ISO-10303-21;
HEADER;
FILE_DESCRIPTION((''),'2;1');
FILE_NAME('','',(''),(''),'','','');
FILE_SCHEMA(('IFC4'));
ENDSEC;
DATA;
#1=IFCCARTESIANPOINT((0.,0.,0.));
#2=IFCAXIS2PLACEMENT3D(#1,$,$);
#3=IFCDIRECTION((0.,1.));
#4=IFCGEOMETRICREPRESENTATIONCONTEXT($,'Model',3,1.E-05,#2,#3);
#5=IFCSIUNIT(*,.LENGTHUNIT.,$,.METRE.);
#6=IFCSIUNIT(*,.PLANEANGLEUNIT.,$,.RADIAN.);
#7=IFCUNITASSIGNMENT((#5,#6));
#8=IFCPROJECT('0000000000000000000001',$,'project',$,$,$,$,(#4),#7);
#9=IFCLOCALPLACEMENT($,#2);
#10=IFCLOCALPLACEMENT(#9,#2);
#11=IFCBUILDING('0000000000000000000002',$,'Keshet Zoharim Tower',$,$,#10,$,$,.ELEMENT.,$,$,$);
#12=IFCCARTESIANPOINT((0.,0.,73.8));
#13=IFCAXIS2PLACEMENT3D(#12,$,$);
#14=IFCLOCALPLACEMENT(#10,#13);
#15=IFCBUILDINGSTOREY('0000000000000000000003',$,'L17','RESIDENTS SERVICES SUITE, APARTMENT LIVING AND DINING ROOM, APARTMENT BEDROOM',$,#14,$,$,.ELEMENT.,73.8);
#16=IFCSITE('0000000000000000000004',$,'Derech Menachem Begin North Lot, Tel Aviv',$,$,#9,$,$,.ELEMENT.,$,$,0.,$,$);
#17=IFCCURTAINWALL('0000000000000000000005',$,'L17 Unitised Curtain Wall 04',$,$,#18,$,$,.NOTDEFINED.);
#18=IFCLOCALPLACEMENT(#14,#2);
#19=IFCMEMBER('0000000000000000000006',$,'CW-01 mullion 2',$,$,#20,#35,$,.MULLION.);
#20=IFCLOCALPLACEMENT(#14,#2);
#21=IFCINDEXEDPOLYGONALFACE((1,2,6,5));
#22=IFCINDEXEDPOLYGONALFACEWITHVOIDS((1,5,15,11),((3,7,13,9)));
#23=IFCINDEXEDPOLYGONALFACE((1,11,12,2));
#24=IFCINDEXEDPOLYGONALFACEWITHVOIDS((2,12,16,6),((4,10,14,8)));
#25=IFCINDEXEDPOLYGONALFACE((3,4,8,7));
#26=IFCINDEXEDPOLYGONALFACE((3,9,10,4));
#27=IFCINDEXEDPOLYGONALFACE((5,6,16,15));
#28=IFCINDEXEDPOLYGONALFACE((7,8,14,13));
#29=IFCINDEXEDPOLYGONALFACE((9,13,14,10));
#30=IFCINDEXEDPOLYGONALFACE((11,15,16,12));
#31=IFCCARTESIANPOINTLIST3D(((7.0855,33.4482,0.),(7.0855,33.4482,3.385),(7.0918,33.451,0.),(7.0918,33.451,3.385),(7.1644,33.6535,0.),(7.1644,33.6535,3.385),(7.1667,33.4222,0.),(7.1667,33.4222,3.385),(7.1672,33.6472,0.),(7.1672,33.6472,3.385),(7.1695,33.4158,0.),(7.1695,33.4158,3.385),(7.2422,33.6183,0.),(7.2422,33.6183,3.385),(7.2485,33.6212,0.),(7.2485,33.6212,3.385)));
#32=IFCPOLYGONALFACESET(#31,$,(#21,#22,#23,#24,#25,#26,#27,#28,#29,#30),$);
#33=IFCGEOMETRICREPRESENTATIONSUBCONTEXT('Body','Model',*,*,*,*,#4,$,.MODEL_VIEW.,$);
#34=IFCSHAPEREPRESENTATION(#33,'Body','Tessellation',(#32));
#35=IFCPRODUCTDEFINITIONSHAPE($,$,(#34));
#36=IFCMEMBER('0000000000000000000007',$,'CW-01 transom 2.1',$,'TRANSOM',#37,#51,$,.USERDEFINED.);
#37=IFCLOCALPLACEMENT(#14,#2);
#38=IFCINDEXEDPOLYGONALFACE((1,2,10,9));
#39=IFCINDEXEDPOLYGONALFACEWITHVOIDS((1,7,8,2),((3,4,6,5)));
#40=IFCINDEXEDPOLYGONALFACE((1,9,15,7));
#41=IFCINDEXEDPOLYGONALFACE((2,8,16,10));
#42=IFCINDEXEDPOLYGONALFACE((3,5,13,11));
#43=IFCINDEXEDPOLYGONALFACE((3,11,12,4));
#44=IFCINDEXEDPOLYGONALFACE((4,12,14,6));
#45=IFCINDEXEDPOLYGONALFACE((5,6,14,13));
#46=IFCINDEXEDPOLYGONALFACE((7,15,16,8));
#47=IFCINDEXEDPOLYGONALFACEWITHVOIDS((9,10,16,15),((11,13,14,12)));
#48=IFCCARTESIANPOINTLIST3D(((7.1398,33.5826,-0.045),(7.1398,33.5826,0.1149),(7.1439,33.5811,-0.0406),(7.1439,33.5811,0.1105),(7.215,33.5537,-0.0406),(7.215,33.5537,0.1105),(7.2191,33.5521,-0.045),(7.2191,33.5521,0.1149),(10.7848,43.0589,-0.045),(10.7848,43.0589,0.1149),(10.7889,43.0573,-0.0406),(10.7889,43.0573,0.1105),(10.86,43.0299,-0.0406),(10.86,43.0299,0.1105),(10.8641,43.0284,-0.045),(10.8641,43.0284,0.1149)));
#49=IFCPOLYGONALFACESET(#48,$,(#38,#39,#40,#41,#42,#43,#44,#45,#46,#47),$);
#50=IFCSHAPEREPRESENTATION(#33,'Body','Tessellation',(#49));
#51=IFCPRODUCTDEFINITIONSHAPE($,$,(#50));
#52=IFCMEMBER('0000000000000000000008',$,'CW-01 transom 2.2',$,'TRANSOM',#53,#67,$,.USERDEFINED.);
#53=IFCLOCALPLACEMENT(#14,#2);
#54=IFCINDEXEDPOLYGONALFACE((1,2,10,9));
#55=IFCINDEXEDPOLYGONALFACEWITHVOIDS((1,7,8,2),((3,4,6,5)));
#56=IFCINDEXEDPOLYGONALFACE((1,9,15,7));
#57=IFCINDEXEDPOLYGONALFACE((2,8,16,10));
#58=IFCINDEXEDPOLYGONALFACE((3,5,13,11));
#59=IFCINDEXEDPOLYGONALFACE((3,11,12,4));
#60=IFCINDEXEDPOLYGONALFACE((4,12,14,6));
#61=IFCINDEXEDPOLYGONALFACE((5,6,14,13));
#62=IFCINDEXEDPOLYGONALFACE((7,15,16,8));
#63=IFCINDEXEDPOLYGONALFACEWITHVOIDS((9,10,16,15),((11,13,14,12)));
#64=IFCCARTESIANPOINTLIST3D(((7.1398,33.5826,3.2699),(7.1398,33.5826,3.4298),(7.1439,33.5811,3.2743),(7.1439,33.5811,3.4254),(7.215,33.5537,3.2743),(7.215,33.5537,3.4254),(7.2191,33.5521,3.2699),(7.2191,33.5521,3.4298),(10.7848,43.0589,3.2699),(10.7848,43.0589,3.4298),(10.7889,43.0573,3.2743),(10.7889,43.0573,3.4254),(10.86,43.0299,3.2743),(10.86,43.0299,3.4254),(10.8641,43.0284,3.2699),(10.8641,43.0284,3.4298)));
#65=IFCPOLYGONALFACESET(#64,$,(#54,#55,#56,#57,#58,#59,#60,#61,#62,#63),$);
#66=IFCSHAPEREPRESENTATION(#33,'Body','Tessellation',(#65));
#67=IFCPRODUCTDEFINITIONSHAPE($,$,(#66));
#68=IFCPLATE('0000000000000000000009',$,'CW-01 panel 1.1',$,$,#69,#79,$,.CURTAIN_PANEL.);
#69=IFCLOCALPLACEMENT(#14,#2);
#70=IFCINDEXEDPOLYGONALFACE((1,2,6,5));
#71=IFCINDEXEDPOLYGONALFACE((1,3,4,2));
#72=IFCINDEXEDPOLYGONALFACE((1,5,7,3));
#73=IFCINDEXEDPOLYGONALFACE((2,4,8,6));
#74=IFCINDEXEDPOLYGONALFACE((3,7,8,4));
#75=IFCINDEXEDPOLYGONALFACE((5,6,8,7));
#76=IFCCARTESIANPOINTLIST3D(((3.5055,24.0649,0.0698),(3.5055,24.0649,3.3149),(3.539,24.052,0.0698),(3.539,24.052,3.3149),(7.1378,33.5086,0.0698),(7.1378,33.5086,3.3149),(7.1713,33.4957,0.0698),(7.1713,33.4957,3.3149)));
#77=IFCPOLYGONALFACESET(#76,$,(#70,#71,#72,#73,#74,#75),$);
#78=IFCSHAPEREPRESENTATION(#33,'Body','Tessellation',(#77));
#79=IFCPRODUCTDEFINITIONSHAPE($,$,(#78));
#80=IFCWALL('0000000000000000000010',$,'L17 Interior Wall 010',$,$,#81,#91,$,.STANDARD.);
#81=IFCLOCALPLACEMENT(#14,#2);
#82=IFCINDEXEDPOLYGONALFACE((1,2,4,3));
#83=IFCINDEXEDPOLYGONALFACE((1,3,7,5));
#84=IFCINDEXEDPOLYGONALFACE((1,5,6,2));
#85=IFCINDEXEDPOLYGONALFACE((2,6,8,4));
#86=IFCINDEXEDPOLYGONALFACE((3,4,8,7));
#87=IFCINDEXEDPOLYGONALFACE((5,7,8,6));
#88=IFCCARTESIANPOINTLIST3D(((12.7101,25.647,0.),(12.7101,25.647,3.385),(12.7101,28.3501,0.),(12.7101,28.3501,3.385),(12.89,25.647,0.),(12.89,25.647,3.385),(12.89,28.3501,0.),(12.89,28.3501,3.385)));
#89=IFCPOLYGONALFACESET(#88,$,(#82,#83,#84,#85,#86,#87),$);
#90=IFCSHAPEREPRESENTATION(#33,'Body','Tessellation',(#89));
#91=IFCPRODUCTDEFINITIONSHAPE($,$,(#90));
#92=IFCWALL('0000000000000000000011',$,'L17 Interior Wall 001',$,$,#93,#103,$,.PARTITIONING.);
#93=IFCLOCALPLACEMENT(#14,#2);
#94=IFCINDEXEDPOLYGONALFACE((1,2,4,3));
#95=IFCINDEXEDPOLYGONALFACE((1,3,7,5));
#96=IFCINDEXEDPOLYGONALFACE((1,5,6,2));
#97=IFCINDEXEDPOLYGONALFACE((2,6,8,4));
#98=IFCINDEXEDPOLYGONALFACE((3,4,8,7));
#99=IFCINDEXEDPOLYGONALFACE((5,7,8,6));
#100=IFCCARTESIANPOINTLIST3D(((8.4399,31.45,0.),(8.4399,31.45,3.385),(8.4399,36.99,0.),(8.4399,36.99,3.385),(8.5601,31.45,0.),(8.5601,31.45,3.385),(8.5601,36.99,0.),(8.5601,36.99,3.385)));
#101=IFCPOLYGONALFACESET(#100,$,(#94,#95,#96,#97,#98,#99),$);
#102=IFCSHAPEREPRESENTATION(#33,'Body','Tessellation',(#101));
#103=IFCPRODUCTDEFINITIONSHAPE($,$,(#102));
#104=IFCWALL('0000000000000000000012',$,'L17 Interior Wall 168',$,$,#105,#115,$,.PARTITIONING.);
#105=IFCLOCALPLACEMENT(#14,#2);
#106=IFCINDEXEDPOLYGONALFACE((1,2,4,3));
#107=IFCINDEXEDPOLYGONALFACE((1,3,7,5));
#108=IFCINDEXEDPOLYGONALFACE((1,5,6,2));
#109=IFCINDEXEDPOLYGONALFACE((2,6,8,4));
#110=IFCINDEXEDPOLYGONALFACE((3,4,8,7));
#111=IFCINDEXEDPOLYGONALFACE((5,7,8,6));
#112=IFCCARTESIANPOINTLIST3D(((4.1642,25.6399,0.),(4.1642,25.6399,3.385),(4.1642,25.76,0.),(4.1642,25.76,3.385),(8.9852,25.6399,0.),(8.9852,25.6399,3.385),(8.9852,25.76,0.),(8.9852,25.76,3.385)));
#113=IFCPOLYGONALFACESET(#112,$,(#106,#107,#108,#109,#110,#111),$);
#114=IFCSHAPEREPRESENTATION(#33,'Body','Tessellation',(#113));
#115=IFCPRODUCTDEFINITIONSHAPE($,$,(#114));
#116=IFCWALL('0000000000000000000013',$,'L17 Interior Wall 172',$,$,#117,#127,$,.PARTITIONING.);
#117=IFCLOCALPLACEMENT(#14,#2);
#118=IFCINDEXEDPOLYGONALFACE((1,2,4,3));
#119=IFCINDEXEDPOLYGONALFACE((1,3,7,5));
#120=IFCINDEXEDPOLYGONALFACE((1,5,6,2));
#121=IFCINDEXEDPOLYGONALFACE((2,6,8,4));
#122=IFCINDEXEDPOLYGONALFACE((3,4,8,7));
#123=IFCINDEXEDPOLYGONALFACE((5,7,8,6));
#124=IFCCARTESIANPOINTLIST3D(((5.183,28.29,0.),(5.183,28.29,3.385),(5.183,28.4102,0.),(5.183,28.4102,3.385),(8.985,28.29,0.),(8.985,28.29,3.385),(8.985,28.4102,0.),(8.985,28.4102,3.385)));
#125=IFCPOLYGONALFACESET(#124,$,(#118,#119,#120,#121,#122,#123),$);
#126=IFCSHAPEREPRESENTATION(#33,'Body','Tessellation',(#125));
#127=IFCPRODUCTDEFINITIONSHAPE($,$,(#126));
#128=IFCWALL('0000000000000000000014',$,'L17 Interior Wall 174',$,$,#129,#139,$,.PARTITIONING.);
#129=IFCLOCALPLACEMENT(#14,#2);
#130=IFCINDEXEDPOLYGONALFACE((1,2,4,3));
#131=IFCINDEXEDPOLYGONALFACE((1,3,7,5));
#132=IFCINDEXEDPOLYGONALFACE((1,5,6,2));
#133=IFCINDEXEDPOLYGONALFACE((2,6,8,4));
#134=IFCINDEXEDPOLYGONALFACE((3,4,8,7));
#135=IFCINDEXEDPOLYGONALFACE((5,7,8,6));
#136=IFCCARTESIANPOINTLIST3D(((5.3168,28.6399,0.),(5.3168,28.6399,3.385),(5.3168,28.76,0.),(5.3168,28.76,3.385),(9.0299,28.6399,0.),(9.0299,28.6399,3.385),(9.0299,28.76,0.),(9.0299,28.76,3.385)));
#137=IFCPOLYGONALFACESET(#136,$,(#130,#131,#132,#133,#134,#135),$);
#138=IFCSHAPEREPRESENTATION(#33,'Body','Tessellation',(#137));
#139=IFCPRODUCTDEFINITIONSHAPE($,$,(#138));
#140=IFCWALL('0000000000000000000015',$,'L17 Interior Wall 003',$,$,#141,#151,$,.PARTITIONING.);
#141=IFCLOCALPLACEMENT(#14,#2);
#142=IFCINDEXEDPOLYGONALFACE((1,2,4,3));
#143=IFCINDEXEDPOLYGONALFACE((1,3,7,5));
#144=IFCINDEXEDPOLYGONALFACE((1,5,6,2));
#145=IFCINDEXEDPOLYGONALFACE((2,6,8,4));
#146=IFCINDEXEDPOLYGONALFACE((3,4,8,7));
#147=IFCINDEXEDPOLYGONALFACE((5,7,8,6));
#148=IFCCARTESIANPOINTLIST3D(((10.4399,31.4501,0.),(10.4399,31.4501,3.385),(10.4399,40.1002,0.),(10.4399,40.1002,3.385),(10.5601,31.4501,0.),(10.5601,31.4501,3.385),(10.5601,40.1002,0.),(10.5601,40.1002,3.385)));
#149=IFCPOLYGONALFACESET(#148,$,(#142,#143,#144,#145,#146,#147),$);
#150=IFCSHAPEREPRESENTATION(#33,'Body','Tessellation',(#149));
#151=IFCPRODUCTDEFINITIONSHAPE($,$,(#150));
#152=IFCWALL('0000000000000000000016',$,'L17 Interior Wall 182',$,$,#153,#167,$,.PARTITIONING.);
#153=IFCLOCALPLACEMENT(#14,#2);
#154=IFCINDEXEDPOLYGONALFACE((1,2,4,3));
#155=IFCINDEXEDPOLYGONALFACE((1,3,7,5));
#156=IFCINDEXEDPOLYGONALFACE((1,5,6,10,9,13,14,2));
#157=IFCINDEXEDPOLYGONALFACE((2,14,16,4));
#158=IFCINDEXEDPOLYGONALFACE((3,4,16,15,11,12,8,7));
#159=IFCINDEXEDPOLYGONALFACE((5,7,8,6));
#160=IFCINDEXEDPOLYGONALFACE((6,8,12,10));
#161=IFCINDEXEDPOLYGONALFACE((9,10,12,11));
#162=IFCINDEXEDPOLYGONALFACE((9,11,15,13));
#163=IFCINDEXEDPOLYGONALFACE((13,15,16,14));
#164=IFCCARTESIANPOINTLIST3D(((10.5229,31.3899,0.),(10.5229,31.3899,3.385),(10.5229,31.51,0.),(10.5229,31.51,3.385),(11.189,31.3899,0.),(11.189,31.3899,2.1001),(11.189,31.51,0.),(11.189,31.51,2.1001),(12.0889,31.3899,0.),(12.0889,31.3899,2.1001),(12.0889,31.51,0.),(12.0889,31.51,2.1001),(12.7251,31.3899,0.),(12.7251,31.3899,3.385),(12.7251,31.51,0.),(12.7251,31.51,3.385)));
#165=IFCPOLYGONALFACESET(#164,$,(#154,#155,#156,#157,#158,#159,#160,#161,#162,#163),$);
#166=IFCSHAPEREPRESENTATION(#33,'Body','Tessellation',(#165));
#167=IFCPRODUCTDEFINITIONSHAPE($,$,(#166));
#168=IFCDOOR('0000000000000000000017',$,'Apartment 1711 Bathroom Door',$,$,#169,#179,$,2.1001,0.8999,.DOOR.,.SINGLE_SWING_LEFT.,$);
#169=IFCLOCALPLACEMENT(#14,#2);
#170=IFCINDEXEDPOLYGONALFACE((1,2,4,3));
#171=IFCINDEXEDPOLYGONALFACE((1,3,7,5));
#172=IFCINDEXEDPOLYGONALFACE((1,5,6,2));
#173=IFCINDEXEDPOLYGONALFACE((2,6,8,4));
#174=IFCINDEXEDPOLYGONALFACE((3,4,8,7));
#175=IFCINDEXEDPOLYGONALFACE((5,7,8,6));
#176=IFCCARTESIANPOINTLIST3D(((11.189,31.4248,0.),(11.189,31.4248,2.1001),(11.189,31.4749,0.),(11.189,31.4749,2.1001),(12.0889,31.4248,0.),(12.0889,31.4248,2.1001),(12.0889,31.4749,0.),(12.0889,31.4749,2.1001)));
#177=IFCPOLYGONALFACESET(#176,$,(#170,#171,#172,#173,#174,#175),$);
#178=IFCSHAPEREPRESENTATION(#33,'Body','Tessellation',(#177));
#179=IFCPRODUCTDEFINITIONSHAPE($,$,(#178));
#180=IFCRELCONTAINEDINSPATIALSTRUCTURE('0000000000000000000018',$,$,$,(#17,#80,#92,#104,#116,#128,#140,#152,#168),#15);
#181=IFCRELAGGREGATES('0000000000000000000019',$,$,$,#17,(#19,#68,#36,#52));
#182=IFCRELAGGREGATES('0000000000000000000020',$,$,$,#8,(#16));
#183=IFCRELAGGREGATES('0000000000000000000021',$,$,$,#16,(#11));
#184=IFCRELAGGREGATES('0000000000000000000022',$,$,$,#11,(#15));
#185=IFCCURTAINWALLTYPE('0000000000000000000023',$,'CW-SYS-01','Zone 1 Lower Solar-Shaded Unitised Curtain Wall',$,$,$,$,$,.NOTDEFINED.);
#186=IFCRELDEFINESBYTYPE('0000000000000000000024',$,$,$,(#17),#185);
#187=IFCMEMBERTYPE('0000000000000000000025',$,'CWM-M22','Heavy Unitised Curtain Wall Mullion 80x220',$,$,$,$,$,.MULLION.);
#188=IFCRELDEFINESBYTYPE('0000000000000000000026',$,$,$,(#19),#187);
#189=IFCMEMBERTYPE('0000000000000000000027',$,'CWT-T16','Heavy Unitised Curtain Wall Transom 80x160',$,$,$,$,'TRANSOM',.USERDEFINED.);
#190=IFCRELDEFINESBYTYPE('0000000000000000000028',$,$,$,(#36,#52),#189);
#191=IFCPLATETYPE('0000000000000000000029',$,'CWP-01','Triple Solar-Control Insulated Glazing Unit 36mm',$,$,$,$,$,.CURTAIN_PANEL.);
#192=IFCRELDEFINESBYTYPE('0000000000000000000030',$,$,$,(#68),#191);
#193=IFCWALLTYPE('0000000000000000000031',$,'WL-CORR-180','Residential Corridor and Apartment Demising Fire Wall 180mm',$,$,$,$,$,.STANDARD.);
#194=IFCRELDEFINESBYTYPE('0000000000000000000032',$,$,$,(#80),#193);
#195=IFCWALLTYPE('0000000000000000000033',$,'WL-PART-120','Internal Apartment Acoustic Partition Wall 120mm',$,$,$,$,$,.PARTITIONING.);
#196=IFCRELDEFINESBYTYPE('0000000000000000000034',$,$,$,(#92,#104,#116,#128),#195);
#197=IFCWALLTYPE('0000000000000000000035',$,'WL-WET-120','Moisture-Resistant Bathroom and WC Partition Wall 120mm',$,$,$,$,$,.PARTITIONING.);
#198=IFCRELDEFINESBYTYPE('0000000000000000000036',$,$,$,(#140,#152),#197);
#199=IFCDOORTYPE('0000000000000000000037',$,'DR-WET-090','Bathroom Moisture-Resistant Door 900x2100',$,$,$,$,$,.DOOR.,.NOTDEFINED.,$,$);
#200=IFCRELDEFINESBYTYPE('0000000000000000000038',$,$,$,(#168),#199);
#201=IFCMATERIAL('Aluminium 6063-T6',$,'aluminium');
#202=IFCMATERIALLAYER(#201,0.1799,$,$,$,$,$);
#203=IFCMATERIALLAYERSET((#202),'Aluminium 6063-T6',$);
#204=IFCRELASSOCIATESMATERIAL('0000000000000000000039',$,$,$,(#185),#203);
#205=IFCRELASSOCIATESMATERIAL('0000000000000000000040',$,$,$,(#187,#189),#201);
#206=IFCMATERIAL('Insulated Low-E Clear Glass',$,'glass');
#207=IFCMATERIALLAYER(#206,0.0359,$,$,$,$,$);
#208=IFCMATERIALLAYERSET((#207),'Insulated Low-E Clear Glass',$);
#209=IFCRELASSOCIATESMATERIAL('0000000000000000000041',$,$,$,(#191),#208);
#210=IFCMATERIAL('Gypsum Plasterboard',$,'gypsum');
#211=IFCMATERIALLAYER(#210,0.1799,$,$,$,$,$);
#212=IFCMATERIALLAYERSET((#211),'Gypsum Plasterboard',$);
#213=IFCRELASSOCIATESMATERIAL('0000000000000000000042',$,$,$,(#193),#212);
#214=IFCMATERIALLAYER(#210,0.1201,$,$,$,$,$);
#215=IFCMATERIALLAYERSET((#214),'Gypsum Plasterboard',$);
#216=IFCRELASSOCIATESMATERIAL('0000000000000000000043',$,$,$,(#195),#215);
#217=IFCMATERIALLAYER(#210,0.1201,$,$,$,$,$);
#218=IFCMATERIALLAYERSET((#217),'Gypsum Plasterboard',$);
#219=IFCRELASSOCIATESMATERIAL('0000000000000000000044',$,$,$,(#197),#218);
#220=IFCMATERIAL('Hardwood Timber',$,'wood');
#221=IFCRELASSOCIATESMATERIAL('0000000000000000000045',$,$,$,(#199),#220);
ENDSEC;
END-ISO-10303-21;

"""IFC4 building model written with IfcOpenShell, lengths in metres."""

from ifc_helpers import new_model, si_unit, direction, frame, frame_2d, origin, origin_2d, place, context, subcontext, project, spatial, rectangle, hollow_rectangle, extrude, material, layer, layer_set, material_profile, profile_set, type_object, element, fill, aggregate, save


model = new_model("IFC4")

# Units and contexts
model_context = context("Model", 3, precision=1e-05, world=origin(), true_north=direction((0.0, 1.0)))
body_context = subcontext(model_context, "Body", "Model", "MODEL_VIEW")
ifc_project = project(units=[si_unit("LENGTHUNIT", "METRE"), si_unit("PLANEANGLEUNIT", "RADIAN")], contexts=[model_context])

# Site, building, storey
site_placement = place(None, origin())
site = spatial("IfcSite", under=ifc_project, at=site_placement, Name="Derech Menachem Begin North Lot, Tel Aviv", CompositionType="ELEMENT", RefElevation=0.0)
building_placement = place(site_placement, origin())
building = spatial("IfcBuilding", under=site, at=building_placement, Name="Keshet Zoharim Tower", CompositionType="ELEMENT")
storey_placement = place(building_placement, frame((0.0, 0.0, 73.8)))
storey = spatial("IfcBuildingStorey", under=building, at=storey_placement, Name="L17", Description="RESIDENTS SERVICES SUITE, APARTMENT LIVING AND DINING ROOM, APARTMENT BEDROOM", CompositionType="ELEMENT", Elevation=73.8)

# Curtain wall, members, plate
ifc_material_1 = material(Name="Aluminium 6063-T6", Category="aluminium")
ifc_layer_1 = layer(ifc_material_1, 0.1799)
ifc_layer_set_1 = layer_set([ifc_layer_1], Name="Aluminium 6063-T6")
curtain_wall_type = type_object("IfcCurtainWallType", Name="CW-SYS-01", Description="Zone 1 Lower Solar-Shaded Unitised Curtain Wall", PredefinedType="NOTDEFINED", material=ifc_layer_set_1)
curtain_wall_placement = place(storey_placement, origin())
curtain_wall = element("IfcCurtainWall", 1, at=curtain_wall_placement, inside=storey, type_object=curtain_wall_type, Name="L17 Unitised Curtain Wall 04", PredefinedType="NOTDEFINED")
ifc_material_profile_1 = material_profile(ifc_material_1, hollow_rectangle(XDim=0.0901, YDim=0.22, WallThickness=0.0049, at=origin_2d()), Name="MUL-90x220")
ifc_profile_set_1 = profile_set([ifc_material_profile_1], Name="Aluminium 6063-T6")
member_type_1 = type_object("IfcMemberType", Name="CWM-M22", Description="Heavy Unitised Curtain Wall Mullion 80x220", PredefinedType="MULLION", material=ifc_profile_set_1)
member_1_placement = place(storey_placement, frame((7.167, 33.5347, 0.0), z_axis=(0.0, 0.0, 1.0), x_axis=(-0.933341, 0.35899, 0.0)))
member_1 = element("IfcMember", 2, at=member_1_placement, type_object=member_type_1, Name="CW-01 mullion 2", PredefinedType="MULLION", context=body_context, shape_type="SweptSolid", body=[
    extrude(hollow_rectangle(XDim=0.0901, YDim=0.22, WallThickness=0.0049, at=origin_2d()), origin(), (0.0, 0.0, 1.0), 3.385),
])
ifc_material_profile_2 = material_profile(ifc_material_1, hollow_rectangle(XDim=0.085, YDim=0.1599, WallThickness=0.0044, at=origin_2d()), Name="TRN-85x160")
ifc_profile_set_2 = profile_set([ifc_material_profile_2], Name="Aluminium 6063-T6")
member_type_2 = type_object("IfcMemberType", Name="CWT-T16", Description="Heavy Unitised Curtain Wall Transom 80x160", ElementType="TRANSOM", PredefinedType="USERDEFINED", material=ifc_profile_set_2)
member_2_placement = place(storey_placement, frame((7.1794, 33.5674, 0.0349), z_axis=(0.359003, 0.933336, 0.0), x_axis=(-0.933336, 0.359003, 0.0)))
member_2 = element("IfcMember", 3, at=member_2_placement, type_object=member_type_2, Name="CW-01 transom 2.1", ObjectType="TRANSOM", PredefinedType="USERDEFINED", context=body_context, shape_type="SweptSolid", body=[
    extrude(hollow_rectangle(XDim=0.085, YDim=0.1599, WallThickness=0.0044, at=origin_2d()), origin(), (0.0, 0.0, 1.0), 10.1531),
])
member_3_placement = place(storey_placement, frame((7.1794, 33.5674, 3.3499), z_axis=(0.359003, 0.933336, 0.0), x_axis=(-0.933336, 0.359003, 0.0)))
member_3 = element("IfcMember", 4, at=member_3_placement, type_object=member_type_2, Name="CW-01 transom 2.2", ObjectType="TRANSOM", PredefinedType="USERDEFINED", context=body_context, shape_type="SweptSolid", body=[
    extrude(hollow_rectangle(XDim=0.085, YDim=0.1599, WallThickness=0.0044, at=origin_2d()), origin(), (0.0, 0.0, 1.0), 10.1531),
])
ifc_material_2 = material(Name="Insulated Low-E Clear Glass", Category="glass")
ifc_layer_2 = layer(ifc_material_2, 0.0359)
ifc_layer_set_2 = layer_set([ifc_layer_2], Name="Insulated Low-E Clear Glass")
plate_type = type_object("IfcPlateType", Name="CWP-01", Description="Triple Solar-Control Insulated Glazing Unit 36mm", PredefinedType="CURTAIN_PANEL", material=ifc_layer_set_2)
plate_placement = place(storey_placement, frame((5.3384, 28.7803, 0.0698), z_axis=(0.0, 0.0, 1.0), x_axis=(0.35899, 0.933341, 0.0)))
plate = element("IfcPlate", 5, at=plate_placement, type_object=plate_type, Name="CW-01 panel 1.1", PredefinedType="CURTAIN_PANEL", context=body_context, shape_type="SweptSolid", body=[
    extrude(rectangle(XDim=10.1182, YDim=0.0359, at=origin_2d()), origin(), (0.0, 0.0, 1.0), 3.2451),
])
aggregate(curtain_wall, [member_1, plate, member_2, member_3])

# Wall
ifc_material_3 = material(Name="Gypsum Plasterboard", Category="gypsum")
ifc_layer_3 = layer(ifc_material_3, 0.1799)
ifc_layer_set_3 = layer_set([ifc_layer_3], Name="Gypsum Plasterboard")
wall_type_1 = type_object("IfcWallType", Name="WL-CORR-180", Description="Residential Corridor and Apartment Demising Fire Wall 180mm", PredefinedType="STANDARD", material=ifc_layer_set_3)
wall_1_placement = place(storey_placement, frame((12.8, 25.647, 0.0), z_axis=(0.0, 0.0, 1.0), x_axis=(0.0, 1.0, 0.0)))
element("IfcWall", 6, at=wall_1_placement, inside=storey, type_object=wall_type_1, Name="L17 Interior Wall 010", PredefinedType="STANDARD", context=body_context, shape_type="SweptSolid", body=[
    extrude(rectangle(XDim=2.7031, YDim=0.1799, at=frame_2d((1.3516, 0.0))), origin(), (0.0, 0.0, 1.0), 3.385),
])

# Shared definitions
ifc_material_4 = material(Name="Hardwood Timber", Category="wood")

# Wall
ifc_layer_4 = layer(ifc_material_3, 0.1201)
ifc_layer_set_4 = layer_set([ifc_layer_4], Name="Gypsum Plasterboard")
wall_type_2 = type_object("IfcWallType", Name="WL-PART-120", Description="Internal Apartment Acoustic Partition Wall 120mm", PredefinedType="PARTITIONING", material=ifc_layer_set_4)
wall_2_placement = place(storey_placement, frame((8.5, 31.45, 0.0), z_axis=(0.0, 0.0, 1.0), x_axis=(0.0, 1.0, 0.0)))
element("IfcWall", 7, at=wall_2_placement, inside=storey, type_object=wall_type_2, Name="L17 Interior Wall 001", PredefinedType="PARTITIONING", context=body_context, shape_type="SweptSolid", body=[
    extrude(rectangle(XDim=5.54, YDim=0.1201, at=frame_2d((2.77, 0.0))), origin(), (0.0, 0.0, 1.0), 3.385),
])

# Walls
wall_3_placement = place(storey_placement, frame((4.1641, 25.7, 0.0), z_axis=(0.0, 0.0, 1.0), x_axis=(1.0, 0.0, 0.0)))
element("IfcWall", 8, at=wall_3_placement, inside=storey, type_object=wall_type_2, Name="L17 Interior Wall 168", PredefinedType="PARTITIONING", context=body_context, shape_type="SweptSolid", body=[
    extrude(rectangle(XDim=4.821, YDim=0.1201, at=frame_2d((2.4106, 0.0))), origin(), (0.0, 0.0, 1.0), 3.385),
])
wall_4_placement = place(storey_placement, frame((5.1831, 28.3501, 0.0), z_axis=(0.0, 0.0, 1.0), x_axis=(1.0, 0.0, 0.0)))
element("IfcWall", 9, at=wall_4_placement, inside=storey, type_object=wall_type_2, Name="L17 Interior Wall 172", PredefinedType="PARTITIONING", context=body_context, shape_type="SweptSolid", body=[
    extrude(rectangle(XDim=3.802, YDim=0.1201, at=frame_2d((1.9009, 0.0))), origin(), (0.0, 0.0, 1.0), 3.385),
])
wall_5_placement = place(storey_placement, frame((5.3169, 28.7, 0.0), z_axis=(0.0, 0.0, 1.0), x_axis=(1.0, 0.0, 0.0)))
element("IfcWall", 10, at=wall_5_placement, inside=storey, type_object=wall_type_2, Name="L17 Interior Wall 174", PredefinedType="PARTITIONING", context=body_context, shape_type="SweptSolid", body=[
    extrude(rectangle(XDim=3.7131, YDim=0.1201, at=frame_2d((1.8564, 0.0))), origin(), (0.0, 0.0, 1.0), 3.385),
])

# Wall
ifc_layer_5 = layer(ifc_material_3, 0.1201)
ifc_layer_set_5 = layer_set([ifc_layer_5], Name="Gypsum Plasterboard")
wall_type_3 = type_object("IfcWallType", Name="WL-WET-120", Description="Moisture-Resistant Bathroom and WC Partition Wall 120mm", PredefinedType="PARTITIONING", material=ifc_layer_set_5)
wall_6_placement = place(storey_placement, frame((10.5, 31.45, 0.0), z_axis=(0.0, 0.0, 1.0), x_axis=(0.0, 1.0, 0.0)))
element("IfcWall", 11, at=wall_6_placement, inside=storey, type_object=wall_type_3, Name="L17 Interior Wall 003", PredefinedType="PARTITIONING", context=body_context, shape_type="SweptSolid", body=[
    extrude(rectangle(XDim=8.6501, YDim=0.1201, at=frame_2d((4.3252, 0.0))), origin(), (0.0, 0.0, 1.0), 3.385),
])

# Wall, opening, door
wall_7_placement = place(storey_placement, frame((10.5229, 31.45, 0.0), z_axis=(0.0, 0.0, 1.0), x_axis=(1.0, 0.0, 0.0)))
wall_7 = element("IfcWall", 12, at=wall_7_placement, inside=storey, type_object=wall_type_3, Name="L17 Interior Wall 182", PredefinedType="PARTITIONING", context=body_context, shape_type="SweptSolid", body=[
    extrude(rectangle(XDim=2.2021, YDim=0.1201, at=frame_2d((1.1011, 0.0))), origin(), (0.0, 0.0, 1.0), 3.385),
])
opening_1_placement = place(wall_7_placement, frame((0.666, 0.0, 0.0)))
opening_1 = element("IfcOpeningElement", 13, at=opening_1_placement, cuts=wall_7, PredefinedType="OPENING", context=body_context, shape_type="SweptSolid", body=[
    extrude(rectangle(XDim=0.8999, YDim=2.1001, at=frame_2d((0.45, 1.05))), frame((0.0, 0.0701, 0.0), z_axis=(0.0, -1.0, 0.0), x_axis=(1.0, 0.0, 0.0)), (0.0, 0.0, 1.0), 0.1401),
])
door_type_1 = type_object("IfcDoorType", Name="DR-WET-090", Description="Bathroom Moisture-Resistant Door 900x2100", OperationType="NOTDEFINED", PredefinedType="DOOR", material=ifc_material_4)
door_1_placement = place(opening_1_placement, origin())
door_1 = element("IfcDoor", 14, at=door_1_placement, inside=storey, type_object=door_type_1, Name="Apartment 1711 Bathroom Door", OperationType="SINGLE_SWING_LEFT", OverallHeight=2.1001, OverallWidth=0.8999, PredefinedType="DOOR", context=body_context, shape_type="SweptSolid", body=[
    extrude(rectangle(XDim=0.8999, YDim=2.1001, at=frame_2d((0.45, 1.05))), frame((0.0, 0.0249, 0.0), z_axis=(0.0, -1.0, 0.0), x_axis=(1.0, 0.0, 0.0)), (0.0, 0.0, 1.0), 0.05),
])
fill(opening_1, door_1)

save(model, "model.ifc")
